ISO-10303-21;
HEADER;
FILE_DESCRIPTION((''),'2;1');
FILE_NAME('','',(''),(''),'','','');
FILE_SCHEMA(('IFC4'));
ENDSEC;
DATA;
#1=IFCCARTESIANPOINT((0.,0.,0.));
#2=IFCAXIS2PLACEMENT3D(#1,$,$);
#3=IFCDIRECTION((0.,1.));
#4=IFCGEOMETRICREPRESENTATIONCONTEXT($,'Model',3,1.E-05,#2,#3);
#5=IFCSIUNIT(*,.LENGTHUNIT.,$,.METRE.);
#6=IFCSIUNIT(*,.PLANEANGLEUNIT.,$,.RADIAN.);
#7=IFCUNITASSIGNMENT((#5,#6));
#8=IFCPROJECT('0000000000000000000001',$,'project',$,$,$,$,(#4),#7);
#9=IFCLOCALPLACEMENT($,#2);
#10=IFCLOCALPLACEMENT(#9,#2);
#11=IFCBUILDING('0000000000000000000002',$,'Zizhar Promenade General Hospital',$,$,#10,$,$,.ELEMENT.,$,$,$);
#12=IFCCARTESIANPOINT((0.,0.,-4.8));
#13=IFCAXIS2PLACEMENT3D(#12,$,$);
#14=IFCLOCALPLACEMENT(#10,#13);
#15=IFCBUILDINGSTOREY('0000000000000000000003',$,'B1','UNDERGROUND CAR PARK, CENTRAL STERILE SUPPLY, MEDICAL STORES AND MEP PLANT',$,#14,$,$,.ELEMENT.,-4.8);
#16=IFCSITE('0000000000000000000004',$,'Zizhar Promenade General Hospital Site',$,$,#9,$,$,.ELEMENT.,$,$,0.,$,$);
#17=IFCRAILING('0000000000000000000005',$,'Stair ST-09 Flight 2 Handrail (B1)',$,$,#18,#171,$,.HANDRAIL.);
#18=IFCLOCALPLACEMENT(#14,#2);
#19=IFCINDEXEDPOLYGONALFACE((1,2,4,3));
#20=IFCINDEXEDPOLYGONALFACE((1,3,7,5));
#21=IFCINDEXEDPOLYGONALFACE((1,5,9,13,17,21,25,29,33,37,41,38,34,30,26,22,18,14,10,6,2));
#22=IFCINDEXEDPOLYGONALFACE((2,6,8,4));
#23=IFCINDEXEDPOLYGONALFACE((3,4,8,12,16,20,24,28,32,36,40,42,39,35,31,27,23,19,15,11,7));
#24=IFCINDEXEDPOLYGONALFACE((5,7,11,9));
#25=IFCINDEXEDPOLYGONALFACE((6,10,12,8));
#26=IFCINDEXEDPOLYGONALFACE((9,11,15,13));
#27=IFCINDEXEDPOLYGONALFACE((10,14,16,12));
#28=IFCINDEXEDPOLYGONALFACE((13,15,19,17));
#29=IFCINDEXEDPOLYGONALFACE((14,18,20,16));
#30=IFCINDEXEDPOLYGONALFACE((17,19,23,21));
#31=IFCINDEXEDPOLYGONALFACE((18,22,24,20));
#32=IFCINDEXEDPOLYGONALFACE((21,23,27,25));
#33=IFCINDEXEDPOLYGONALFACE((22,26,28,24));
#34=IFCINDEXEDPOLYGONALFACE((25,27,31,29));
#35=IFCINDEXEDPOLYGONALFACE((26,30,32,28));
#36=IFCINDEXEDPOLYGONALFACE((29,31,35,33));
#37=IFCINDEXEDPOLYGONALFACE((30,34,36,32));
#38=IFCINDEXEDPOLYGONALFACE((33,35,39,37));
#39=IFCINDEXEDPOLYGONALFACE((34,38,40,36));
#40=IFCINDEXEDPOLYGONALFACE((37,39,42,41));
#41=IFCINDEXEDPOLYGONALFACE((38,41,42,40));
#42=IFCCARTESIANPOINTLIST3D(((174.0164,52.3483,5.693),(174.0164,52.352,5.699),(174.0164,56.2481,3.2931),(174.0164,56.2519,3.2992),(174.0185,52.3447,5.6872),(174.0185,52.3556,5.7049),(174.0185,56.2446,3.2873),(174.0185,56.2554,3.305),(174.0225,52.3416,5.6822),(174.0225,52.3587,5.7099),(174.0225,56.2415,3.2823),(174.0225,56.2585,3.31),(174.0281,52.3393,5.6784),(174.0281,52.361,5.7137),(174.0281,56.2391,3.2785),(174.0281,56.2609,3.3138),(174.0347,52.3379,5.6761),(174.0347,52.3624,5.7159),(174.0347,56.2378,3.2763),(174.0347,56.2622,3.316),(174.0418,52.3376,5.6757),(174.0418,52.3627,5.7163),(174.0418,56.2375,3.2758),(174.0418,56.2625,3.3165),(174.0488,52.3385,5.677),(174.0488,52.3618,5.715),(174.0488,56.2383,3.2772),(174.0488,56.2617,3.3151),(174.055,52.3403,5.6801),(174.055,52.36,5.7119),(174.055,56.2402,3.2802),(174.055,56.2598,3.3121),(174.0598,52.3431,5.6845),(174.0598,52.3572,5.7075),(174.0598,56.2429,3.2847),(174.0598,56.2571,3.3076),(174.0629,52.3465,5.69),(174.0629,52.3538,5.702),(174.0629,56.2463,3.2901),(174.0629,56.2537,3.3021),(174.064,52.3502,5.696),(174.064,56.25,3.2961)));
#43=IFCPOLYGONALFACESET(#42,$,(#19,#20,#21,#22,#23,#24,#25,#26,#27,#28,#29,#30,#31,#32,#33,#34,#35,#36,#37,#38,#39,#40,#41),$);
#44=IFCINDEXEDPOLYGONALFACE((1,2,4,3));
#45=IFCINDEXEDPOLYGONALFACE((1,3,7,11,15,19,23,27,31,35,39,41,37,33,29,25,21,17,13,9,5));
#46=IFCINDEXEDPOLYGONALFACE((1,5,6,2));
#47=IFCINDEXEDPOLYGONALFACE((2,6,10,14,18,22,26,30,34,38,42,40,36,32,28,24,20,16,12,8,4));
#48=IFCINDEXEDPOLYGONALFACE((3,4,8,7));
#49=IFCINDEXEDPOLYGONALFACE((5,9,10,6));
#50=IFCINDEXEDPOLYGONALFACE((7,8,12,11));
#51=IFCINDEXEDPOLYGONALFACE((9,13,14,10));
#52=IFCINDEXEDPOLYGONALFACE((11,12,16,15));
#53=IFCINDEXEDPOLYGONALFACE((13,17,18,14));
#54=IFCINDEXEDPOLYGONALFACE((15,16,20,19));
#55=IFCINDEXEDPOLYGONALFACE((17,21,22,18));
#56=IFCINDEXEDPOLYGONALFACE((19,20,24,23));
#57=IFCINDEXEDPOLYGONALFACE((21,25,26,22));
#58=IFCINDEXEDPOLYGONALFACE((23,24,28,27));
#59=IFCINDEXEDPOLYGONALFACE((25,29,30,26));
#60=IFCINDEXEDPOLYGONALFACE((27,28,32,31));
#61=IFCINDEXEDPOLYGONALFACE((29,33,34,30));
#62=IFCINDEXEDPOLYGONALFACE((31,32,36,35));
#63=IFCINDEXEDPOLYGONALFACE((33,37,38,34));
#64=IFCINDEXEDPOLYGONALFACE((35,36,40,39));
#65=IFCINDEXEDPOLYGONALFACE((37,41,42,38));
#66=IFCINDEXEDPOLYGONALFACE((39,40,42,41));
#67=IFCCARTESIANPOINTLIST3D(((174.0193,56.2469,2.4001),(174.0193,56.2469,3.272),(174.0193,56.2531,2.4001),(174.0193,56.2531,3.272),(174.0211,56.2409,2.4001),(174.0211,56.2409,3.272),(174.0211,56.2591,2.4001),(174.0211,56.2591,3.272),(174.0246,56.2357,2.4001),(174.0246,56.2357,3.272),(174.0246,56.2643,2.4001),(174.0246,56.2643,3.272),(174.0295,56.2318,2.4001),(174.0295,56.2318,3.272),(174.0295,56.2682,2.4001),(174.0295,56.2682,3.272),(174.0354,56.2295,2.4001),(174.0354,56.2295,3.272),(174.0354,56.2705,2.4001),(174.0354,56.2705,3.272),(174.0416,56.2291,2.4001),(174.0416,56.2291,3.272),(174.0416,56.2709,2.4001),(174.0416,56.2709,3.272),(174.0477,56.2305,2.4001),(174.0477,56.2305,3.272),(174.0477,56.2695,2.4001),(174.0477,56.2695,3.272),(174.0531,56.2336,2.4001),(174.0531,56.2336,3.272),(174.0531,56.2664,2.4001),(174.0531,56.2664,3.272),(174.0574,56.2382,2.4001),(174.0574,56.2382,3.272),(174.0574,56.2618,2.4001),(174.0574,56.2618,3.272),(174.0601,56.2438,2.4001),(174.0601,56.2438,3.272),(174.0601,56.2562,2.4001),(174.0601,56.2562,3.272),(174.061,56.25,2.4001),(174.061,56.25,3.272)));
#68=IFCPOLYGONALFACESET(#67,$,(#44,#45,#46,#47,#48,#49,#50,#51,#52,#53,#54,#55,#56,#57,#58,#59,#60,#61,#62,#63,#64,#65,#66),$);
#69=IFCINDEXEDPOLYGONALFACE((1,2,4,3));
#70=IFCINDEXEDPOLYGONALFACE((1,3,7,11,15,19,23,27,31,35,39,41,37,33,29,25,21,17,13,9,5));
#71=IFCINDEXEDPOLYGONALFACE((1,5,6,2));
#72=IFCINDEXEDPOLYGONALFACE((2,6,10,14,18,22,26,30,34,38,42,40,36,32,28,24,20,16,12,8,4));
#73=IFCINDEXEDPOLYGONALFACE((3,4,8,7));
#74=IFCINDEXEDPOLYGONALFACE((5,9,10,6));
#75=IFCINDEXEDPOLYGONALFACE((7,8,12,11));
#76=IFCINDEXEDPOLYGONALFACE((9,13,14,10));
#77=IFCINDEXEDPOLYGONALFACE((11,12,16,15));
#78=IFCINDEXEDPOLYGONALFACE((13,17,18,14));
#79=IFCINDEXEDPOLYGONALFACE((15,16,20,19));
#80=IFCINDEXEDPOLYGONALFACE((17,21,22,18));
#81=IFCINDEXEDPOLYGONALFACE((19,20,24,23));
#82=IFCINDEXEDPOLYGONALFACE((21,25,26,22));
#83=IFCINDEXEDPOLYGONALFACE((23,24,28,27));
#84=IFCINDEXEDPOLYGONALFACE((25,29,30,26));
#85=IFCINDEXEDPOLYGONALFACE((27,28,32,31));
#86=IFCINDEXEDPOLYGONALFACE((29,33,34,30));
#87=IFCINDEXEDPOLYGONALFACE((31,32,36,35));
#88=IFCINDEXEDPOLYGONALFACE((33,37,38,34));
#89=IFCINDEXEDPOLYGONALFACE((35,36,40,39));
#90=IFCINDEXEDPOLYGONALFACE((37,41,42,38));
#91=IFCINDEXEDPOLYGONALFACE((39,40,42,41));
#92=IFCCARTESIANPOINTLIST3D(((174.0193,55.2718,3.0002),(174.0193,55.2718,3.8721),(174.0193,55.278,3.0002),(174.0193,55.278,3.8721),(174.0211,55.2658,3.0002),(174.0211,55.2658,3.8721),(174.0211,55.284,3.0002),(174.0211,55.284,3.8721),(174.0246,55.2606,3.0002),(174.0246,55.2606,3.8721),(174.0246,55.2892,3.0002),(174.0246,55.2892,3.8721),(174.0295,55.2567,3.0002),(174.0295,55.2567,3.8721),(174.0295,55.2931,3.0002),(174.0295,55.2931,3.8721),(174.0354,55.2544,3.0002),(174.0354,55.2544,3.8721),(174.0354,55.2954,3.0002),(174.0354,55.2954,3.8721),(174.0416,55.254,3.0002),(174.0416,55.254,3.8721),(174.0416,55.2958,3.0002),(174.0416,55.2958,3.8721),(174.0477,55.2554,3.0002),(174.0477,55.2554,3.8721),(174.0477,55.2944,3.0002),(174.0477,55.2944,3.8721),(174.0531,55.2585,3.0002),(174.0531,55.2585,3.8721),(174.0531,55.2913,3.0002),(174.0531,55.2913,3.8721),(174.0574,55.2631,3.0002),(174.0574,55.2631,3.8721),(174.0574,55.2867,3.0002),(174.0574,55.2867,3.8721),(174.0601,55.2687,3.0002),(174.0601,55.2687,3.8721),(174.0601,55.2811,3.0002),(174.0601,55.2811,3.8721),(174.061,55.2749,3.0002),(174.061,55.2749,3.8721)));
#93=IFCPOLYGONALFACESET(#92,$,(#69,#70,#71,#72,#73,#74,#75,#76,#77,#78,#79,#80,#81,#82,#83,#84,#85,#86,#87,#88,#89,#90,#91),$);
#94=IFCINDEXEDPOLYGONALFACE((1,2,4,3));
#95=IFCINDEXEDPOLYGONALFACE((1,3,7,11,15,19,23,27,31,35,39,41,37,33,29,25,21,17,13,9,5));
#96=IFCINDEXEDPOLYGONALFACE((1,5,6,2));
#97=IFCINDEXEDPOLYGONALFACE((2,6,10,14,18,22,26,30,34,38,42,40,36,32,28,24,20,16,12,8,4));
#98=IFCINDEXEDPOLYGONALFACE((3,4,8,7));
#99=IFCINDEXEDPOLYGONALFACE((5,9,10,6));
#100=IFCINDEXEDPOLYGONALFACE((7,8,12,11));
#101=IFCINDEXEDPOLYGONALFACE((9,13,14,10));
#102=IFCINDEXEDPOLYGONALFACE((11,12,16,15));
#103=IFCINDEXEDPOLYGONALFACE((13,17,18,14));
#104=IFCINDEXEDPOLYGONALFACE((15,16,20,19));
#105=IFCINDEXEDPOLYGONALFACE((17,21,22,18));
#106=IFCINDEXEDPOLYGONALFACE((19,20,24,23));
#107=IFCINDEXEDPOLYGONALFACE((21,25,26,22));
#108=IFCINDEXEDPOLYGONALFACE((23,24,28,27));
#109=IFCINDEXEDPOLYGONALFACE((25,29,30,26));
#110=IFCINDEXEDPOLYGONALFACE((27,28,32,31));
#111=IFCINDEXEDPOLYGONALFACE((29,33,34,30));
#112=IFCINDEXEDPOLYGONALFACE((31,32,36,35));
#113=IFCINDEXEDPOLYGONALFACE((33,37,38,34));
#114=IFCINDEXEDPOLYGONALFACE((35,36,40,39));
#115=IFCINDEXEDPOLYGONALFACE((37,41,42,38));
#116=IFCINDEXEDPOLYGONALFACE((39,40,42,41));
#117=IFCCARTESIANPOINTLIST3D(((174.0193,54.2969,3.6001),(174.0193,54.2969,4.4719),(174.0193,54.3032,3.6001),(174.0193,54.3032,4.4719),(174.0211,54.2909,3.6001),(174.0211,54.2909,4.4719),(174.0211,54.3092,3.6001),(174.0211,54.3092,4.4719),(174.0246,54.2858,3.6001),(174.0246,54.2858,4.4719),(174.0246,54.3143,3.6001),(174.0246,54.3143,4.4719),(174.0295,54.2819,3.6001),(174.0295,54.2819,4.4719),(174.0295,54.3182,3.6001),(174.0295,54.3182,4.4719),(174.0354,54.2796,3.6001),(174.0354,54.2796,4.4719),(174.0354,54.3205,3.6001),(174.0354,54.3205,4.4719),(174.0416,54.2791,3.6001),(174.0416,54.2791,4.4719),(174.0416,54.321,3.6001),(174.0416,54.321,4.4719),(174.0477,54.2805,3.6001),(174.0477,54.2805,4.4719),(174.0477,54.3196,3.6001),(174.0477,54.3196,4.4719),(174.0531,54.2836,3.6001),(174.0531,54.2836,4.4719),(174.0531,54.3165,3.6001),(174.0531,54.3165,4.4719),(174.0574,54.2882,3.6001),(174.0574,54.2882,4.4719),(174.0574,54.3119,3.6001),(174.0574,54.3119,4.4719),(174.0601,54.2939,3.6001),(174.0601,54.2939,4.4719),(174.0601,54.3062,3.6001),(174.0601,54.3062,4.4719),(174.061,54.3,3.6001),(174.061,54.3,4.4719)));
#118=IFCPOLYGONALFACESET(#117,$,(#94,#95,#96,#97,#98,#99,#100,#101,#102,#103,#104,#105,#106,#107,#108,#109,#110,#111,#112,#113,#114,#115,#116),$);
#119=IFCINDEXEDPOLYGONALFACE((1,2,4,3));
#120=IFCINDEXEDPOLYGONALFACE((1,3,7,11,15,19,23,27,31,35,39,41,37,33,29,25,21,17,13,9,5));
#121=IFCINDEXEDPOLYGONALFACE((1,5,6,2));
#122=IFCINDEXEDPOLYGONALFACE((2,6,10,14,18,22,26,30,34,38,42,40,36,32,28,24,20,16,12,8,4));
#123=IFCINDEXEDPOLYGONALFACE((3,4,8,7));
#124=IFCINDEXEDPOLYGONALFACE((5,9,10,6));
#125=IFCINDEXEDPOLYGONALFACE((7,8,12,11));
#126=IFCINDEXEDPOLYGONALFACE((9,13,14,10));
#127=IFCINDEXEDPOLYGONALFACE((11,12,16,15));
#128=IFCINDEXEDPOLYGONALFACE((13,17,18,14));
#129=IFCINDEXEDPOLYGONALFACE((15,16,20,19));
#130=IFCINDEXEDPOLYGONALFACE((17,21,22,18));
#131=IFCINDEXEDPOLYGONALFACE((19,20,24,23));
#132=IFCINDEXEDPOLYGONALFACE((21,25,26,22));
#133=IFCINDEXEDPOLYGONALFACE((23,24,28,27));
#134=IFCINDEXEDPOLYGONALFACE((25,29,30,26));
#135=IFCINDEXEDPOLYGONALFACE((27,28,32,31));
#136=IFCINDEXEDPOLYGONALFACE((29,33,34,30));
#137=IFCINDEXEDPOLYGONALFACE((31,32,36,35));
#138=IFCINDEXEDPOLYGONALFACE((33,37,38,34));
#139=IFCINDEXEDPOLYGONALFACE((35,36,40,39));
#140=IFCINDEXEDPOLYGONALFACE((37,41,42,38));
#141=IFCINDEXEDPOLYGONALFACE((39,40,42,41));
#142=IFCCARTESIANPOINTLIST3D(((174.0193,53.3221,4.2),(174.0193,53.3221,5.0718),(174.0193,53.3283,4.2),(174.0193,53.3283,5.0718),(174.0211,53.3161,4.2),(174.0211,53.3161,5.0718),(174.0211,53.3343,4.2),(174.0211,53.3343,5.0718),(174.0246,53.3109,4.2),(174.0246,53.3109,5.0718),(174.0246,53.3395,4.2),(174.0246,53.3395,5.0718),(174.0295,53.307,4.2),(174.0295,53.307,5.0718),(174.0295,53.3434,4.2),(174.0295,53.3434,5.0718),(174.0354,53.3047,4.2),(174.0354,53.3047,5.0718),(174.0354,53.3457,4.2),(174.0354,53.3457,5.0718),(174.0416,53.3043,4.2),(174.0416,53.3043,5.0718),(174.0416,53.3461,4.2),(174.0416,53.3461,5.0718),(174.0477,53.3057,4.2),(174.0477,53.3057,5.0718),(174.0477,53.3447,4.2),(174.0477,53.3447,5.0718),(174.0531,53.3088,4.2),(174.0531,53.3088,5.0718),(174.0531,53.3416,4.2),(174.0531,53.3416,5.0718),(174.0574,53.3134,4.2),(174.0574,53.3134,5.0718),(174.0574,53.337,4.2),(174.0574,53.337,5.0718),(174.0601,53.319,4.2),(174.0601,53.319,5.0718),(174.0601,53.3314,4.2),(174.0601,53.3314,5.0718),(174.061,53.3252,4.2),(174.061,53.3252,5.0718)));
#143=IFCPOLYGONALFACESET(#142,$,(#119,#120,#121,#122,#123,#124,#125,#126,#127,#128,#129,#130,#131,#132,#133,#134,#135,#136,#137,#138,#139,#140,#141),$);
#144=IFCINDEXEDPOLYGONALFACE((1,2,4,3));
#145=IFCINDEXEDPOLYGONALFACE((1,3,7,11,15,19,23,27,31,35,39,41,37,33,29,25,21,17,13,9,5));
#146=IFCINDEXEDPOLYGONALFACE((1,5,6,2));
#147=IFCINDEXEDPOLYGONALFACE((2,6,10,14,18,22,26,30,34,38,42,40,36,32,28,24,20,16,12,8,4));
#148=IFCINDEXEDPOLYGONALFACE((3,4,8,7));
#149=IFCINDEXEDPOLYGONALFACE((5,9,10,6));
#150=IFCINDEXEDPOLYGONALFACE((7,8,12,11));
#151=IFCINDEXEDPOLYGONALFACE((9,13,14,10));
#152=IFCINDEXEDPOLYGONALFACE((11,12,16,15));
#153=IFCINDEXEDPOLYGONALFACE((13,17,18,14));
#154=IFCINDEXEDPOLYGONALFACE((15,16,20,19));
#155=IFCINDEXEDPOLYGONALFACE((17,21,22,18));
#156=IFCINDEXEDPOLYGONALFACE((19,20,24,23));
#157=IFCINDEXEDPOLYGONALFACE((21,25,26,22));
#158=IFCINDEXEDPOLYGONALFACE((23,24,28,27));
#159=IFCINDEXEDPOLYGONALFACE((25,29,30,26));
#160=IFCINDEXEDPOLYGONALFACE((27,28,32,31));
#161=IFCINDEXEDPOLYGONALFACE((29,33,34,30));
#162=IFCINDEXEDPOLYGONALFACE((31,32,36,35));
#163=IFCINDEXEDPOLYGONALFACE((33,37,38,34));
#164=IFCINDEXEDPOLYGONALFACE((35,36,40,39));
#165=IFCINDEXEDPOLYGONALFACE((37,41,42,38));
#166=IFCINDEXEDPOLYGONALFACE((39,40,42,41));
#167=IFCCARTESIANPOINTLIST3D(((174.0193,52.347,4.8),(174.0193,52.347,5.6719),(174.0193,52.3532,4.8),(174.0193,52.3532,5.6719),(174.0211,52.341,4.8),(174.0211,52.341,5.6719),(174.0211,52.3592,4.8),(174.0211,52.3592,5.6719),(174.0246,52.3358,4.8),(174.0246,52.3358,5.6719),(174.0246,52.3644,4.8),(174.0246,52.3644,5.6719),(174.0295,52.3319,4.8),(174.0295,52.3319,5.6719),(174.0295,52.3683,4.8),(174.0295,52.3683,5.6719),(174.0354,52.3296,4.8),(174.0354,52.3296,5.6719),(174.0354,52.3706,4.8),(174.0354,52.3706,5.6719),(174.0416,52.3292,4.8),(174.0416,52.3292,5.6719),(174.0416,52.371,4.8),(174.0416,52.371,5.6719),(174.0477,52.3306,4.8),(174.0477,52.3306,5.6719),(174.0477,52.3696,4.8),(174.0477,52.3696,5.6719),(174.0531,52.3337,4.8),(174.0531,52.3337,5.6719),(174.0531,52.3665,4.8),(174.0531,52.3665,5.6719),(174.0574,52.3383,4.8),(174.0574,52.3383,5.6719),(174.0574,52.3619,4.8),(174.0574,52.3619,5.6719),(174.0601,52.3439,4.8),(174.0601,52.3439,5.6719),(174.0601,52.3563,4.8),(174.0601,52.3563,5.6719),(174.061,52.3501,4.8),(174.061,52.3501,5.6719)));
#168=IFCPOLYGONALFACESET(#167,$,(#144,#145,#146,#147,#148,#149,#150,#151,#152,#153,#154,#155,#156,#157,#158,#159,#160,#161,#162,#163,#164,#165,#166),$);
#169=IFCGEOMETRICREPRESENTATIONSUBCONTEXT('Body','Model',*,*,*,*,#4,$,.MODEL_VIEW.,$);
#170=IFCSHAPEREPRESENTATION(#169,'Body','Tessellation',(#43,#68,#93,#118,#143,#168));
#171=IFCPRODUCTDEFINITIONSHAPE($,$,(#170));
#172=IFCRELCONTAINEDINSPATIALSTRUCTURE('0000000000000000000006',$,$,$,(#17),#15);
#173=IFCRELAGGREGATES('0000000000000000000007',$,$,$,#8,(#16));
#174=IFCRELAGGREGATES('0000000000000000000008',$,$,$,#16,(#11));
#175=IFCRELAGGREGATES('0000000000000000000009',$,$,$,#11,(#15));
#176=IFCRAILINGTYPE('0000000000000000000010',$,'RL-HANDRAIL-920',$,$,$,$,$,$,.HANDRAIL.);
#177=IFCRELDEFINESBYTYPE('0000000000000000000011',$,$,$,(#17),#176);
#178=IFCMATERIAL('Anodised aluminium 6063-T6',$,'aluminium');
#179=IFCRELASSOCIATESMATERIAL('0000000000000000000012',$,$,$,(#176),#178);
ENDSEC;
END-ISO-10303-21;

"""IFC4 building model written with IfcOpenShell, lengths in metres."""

from ifc_helpers import new_model, si_unit, direction, frame, origin, origin_2d, place, context, subcontext, project, spatial, circle, hollow_circle, extrude, material, material_profile, profile_set, type_object, element, save


model = new_model("IFC4")

# Units and contexts
model_context = context("Model", 3, precision=1e-05, world=origin(), true_north=direction((0.0, 1.0)))
body_context = subcontext(model_context, "Body", "Model", "MODEL_VIEW")
ifc_project = project(units=[si_unit("LENGTHUNIT", "METRE"), si_unit("PLANEANGLEUNIT", "RADIAN")], contexts=[model_context])

# Site, building, storey
site_placement = place(None, origin())
site = spatial("IfcSite", under=ifc_project, at=site_placement, Name="Zizhar Promenade General Hospital Site", CompositionType="ELEMENT", RefElevation=0.0)
building_placement = place(site_placement, origin())
building = spatial("IfcBuilding", under=site, at=building_placement, Name="Zizhar Promenade General Hospital", CompositionType="ELEMENT")
storey_placement = place(building_placement, frame((0.0, 0.0, -4.8)))
storey = spatial("IfcBuildingStorey", under=building, at=storey_placement, Name="B1", Description="UNDERGROUND CAR PARK, CENTRAL STERILE SUPPLY, MEDICAL STORES AND MEP PLANT", CompositionType="ELEMENT", Elevation=-4.8)

# Railing
ifc_material_1 = material(Name="Anodised aluminium 6063-T6", Category="aluminium")
ifc_material_profile_1 = material_profile(ifc_material_1, hollow_circle(Radius=0.0698, WallThickness=0.0063, at=origin_2d()))
ifc_profile_set_1 = profile_set([ifc_material_profile_1], Name="Anodised aluminium 6063-T6")
railing_type_1 = type_object("IfcRailingType", Name="RL-HANDRAIL-920", PredefinedType="HANDRAIL", material=ifc_profile_set_1)
railing_1_placement = place(storey_placement, frame((174.04, 56.25, 2.4001)))
element("IfcRailing", 1, at=railing_1_placement, inside=storey, type_object=railing_type_1, Name="Stair ST-09 Flight 2 Handrail (B1)", PredefinedType="HANDRAIL", context=body_context, shape_type="SweptSolid", body=[
    extrude(circle(Radius=0.0239, at=origin_2d()), frame((0.0, 0.0, 0.896), z_axis=(0.0, -0.851662, 0.524091), x_axis=(1.0, 0.0, 0.0)), (0.0, 0.0, 1.0), 4.5791),
    extrude(circle(Radius=0.021, at=origin_2d()), origin(), (0.0, 0.0, 1.0), 0.8718),
    extrude(circle(Radius=0.021, at=origin_2d()), frame((0.0, -0.9751, 0.6001)), (0.0, 0.0, 1.0), 0.8718),
    extrude(circle(Radius=0.021, at=origin_2d()), frame((0.0, -1.95, 1.2)), (0.0, 0.0, 1.0), 0.8718),
    extrude(circle(Radius=0.021, at=origin_2d()), frame((0.0, -2.9248, 1.7998)), (0.0, 0.0, 1.0), 0.8718),
    extrude(circle(Radius=0.021, at=origin_2d()), frame((0.0, -3.8999, 2.3999)), (0.0, 0.0, 1.0), 0.8718),
])

save(model, "model.ifc")
